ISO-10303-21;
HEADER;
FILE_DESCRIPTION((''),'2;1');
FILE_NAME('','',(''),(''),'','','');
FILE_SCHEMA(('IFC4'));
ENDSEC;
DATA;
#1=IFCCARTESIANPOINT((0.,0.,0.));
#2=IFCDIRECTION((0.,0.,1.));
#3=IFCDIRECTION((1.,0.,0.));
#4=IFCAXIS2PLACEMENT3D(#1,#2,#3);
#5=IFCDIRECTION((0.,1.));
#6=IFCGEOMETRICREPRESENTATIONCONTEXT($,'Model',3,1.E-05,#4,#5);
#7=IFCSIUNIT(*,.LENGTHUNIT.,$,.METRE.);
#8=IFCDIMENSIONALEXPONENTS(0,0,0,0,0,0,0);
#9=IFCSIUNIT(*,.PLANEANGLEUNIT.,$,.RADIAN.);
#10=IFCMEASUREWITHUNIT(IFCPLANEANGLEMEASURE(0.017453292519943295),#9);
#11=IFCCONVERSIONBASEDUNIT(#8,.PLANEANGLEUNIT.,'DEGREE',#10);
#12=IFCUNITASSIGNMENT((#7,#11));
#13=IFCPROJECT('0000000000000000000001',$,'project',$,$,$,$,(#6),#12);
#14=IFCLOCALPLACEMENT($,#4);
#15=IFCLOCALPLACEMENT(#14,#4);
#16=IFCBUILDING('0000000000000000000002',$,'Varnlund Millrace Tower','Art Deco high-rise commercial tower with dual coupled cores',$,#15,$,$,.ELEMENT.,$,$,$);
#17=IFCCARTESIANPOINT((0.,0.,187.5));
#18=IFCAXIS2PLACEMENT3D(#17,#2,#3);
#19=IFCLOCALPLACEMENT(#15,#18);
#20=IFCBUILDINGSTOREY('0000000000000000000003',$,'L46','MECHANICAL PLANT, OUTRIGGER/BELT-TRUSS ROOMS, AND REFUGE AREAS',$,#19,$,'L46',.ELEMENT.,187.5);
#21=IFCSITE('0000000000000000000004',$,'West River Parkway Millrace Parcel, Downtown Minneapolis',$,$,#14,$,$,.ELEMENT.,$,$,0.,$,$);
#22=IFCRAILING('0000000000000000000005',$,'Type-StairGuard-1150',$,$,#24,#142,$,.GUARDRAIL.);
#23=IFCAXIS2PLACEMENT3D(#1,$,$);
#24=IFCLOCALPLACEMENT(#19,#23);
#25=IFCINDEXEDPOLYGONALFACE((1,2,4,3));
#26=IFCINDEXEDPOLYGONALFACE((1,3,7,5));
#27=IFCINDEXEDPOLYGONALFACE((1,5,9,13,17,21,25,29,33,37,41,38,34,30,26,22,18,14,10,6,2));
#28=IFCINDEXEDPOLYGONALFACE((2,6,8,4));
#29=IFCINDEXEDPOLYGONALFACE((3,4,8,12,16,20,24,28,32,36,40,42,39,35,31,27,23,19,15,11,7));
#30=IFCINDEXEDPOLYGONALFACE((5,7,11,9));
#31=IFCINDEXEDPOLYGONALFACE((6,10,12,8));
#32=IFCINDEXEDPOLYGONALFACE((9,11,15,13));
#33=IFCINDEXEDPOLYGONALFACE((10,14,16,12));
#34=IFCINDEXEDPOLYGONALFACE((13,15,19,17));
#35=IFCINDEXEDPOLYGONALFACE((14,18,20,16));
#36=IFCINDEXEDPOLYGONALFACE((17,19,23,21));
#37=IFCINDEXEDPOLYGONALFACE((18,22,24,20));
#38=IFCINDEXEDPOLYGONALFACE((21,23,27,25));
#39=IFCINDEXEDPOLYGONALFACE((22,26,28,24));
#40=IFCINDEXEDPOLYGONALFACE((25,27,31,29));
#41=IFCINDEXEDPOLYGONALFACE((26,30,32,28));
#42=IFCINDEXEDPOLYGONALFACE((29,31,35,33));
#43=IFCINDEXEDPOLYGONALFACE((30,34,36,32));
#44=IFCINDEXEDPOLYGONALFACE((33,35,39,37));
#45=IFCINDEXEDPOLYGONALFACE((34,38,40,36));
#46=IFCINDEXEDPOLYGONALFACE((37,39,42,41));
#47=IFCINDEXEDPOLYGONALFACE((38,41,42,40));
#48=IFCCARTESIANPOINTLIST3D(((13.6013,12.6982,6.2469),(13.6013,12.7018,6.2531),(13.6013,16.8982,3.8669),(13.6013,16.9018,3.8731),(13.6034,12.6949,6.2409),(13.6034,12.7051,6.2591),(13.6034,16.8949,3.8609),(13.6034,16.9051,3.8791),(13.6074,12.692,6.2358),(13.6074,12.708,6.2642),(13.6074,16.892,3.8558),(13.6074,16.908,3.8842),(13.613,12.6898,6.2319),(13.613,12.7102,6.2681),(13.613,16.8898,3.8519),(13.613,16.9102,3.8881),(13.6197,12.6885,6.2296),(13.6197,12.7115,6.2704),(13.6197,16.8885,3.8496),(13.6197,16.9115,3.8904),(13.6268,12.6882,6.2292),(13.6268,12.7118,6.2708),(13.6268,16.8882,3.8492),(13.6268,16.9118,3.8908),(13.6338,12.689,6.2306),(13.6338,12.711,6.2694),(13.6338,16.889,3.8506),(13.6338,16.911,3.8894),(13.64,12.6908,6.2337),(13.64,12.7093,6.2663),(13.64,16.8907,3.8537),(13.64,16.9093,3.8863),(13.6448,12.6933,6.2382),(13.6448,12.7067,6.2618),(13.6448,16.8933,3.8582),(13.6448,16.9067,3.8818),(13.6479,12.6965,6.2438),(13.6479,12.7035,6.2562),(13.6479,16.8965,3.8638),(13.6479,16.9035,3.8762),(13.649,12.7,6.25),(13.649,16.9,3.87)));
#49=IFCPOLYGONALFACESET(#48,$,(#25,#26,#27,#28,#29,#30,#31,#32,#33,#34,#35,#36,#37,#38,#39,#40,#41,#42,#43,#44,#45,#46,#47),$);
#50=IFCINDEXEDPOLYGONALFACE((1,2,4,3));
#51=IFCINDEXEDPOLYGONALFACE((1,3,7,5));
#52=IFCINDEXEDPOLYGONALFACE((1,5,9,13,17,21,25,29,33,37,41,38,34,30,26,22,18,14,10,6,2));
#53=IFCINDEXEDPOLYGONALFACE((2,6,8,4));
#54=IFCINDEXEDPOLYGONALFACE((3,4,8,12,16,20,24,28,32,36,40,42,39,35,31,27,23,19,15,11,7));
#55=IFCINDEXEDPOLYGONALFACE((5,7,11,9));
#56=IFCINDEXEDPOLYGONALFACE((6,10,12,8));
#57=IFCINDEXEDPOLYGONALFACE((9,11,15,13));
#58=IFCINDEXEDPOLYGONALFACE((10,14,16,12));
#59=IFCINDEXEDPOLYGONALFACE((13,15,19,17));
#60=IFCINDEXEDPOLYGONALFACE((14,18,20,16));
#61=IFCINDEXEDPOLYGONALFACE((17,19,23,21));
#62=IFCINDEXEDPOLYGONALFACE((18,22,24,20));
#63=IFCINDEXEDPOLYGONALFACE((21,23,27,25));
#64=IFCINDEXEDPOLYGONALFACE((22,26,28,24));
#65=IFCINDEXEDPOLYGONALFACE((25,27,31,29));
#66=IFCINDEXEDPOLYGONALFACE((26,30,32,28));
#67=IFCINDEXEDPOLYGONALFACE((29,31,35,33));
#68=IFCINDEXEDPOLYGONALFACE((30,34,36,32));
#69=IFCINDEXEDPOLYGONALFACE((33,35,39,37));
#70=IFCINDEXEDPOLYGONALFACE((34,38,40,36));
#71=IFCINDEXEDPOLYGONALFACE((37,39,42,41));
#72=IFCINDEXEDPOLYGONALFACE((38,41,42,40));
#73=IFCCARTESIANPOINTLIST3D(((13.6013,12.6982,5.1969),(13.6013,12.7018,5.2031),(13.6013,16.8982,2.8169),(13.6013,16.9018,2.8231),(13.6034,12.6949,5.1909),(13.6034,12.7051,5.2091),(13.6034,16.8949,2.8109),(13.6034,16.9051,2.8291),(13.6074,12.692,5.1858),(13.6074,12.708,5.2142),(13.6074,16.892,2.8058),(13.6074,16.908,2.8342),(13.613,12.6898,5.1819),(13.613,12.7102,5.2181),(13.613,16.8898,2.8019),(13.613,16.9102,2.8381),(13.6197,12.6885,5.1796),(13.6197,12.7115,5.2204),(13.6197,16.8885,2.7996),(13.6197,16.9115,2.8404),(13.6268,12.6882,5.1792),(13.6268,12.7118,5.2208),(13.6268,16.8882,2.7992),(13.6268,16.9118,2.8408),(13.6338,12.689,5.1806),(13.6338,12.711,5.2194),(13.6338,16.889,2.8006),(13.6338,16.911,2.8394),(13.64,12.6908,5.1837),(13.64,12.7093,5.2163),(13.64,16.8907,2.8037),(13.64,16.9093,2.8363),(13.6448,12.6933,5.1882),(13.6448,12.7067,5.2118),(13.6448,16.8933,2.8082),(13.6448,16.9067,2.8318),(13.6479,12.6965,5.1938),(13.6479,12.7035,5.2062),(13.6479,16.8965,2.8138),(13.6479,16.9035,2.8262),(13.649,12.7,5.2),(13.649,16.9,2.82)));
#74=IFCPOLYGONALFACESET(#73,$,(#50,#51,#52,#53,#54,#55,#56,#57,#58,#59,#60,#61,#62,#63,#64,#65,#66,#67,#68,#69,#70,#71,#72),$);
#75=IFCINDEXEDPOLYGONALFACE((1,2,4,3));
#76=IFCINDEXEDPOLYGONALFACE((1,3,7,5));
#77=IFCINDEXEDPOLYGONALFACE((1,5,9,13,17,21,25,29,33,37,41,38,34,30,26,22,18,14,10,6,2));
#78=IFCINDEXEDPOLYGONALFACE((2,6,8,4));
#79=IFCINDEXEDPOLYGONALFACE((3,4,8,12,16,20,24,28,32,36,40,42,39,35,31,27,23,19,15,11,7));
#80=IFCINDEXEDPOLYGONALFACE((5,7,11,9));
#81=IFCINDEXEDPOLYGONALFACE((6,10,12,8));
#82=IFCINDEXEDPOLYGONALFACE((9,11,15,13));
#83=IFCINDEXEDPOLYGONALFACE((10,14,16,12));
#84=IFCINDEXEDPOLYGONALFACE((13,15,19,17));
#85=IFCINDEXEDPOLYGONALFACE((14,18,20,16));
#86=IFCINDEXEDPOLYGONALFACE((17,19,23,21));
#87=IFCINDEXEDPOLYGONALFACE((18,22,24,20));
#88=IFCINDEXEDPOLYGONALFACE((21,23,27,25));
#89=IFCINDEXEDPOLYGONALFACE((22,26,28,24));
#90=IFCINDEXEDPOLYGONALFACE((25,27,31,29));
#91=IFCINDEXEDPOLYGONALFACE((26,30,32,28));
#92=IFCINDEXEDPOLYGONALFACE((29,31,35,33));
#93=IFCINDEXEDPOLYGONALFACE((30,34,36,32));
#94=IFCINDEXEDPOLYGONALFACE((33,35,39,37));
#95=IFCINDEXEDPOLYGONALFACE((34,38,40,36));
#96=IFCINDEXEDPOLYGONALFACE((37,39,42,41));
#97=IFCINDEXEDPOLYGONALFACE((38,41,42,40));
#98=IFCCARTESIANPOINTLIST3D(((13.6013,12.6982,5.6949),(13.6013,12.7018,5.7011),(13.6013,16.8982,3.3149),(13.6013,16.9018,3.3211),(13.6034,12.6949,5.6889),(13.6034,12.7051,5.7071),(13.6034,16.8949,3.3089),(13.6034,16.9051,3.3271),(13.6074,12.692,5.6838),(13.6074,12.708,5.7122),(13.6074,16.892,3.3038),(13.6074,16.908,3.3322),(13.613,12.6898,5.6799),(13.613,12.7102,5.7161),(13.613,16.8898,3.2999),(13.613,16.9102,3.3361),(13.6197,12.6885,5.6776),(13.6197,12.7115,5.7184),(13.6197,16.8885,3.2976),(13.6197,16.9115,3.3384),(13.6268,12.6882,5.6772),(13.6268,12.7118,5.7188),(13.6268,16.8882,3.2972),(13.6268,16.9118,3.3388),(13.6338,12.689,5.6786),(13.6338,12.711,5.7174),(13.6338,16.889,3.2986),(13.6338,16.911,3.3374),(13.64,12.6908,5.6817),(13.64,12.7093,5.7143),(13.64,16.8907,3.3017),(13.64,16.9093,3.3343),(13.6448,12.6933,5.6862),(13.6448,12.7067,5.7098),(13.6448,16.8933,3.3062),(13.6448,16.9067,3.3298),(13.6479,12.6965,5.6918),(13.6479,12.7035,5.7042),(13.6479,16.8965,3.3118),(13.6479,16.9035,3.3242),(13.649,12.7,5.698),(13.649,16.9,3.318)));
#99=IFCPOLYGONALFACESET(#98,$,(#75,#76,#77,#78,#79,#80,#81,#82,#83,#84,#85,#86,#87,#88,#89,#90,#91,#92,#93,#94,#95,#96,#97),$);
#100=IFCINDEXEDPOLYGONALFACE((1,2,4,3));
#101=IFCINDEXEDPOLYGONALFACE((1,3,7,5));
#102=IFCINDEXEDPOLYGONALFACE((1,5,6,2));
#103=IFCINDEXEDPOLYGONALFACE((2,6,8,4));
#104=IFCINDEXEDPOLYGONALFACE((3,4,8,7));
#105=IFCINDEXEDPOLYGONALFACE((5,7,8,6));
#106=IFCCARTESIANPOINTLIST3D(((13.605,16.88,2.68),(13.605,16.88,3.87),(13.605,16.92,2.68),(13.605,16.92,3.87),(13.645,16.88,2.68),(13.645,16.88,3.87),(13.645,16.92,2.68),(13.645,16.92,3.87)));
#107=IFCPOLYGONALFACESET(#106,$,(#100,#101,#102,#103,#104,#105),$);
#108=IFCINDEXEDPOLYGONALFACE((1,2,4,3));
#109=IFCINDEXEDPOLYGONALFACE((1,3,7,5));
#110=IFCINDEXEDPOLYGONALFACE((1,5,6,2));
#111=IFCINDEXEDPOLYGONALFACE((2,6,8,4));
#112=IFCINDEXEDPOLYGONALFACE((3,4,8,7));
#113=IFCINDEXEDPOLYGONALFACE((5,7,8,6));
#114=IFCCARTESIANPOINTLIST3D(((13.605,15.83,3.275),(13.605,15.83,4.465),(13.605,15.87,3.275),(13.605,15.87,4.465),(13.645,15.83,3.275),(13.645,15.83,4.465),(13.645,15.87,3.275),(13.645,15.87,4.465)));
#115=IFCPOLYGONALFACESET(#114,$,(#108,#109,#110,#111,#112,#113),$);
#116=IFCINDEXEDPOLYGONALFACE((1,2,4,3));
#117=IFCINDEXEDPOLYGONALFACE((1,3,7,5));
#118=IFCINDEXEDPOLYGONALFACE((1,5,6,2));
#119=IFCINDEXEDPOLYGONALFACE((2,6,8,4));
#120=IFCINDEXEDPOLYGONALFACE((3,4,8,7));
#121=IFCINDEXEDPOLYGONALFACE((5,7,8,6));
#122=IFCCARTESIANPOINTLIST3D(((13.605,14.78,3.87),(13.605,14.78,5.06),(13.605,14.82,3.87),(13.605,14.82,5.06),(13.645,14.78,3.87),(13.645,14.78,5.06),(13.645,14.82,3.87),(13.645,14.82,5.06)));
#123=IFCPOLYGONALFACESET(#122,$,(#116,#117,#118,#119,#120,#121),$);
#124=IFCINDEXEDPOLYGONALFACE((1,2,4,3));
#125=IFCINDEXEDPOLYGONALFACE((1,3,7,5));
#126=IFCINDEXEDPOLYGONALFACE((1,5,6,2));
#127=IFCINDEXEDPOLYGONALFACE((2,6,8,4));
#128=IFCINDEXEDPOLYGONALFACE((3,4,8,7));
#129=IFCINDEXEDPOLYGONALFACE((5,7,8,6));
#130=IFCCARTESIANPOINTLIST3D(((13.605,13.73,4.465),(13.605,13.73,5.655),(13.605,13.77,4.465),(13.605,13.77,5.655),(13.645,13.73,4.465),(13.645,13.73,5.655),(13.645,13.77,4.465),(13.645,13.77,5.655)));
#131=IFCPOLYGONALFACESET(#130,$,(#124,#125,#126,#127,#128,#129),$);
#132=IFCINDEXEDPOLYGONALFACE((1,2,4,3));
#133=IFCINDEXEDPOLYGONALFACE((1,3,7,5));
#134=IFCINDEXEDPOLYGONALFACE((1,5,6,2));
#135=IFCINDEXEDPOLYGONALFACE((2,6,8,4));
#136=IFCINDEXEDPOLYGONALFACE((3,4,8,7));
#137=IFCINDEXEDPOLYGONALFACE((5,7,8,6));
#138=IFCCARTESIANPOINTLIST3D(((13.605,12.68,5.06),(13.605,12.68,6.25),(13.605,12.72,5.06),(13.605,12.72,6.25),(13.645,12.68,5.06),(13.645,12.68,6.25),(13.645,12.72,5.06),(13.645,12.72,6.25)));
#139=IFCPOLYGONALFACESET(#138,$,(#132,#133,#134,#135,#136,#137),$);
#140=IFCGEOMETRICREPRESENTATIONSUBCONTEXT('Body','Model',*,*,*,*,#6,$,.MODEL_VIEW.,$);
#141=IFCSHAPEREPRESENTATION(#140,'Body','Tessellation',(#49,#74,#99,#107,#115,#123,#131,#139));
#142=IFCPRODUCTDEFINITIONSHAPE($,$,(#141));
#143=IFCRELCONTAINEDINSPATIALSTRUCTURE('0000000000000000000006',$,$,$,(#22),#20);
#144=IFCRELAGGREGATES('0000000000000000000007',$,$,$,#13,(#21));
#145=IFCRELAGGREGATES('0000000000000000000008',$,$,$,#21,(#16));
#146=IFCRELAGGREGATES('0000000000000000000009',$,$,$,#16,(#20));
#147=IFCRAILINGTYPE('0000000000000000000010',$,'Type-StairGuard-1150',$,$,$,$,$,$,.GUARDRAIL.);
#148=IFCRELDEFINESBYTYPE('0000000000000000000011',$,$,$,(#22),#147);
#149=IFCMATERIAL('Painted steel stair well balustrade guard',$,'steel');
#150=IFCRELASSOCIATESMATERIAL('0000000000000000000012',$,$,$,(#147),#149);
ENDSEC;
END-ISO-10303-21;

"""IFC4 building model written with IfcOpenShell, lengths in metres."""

from ifc_helpers import new_model, entity, si_unit, converted_unit, direction, frame, origin_with_axes, origin_2d_with_axis, place, context, subcontext, project, spatial, rectangle, circle, extrude, material, type_object, element, save


model = new_model("IFC4")

# Units and contexts
model_context = context("Model", 3, precision=1e-05, world=origin_with_axes(), true_north=direction((0.0, 1.0)))
body_context = subcontext(model_context, "Body", "Model", "MODEL_VIEW")
ifc_project = project(units=[si_unit("LENGTHUNIT", "METRE"), converted_unit("PLANEANGLEUNIT", "DEGREE", entity("IfcPlaneAngleMeasure", 0.017453292519943295), si_unit("PLANEANGLEUNIT", "RADIAN"), dimensions=[0, 0, 0, 0, 0, 0, 0])], contexts=[model_context])

# Site, building, storey
site_placement = place(None, origin_with_axes())
site = spatial("IfcSite", under=ifc_project, at=site_placement, Name="West River Parkway Millrace Parcel, Downtown Minneapolis", CompositionType="ELEMENT", RefElevation=0.0)
building_placement = place(site_placement, origin_with_axes())
building = spatial("IfcBuilding", under=site, at=building_placement, Name="Varnlund Millrace Tower", Description="Art Deco high-rise commercial tower with dual coupled cores", CompositionType="ELEMENT")
storey_placement = place(building_placement, frame((0.0, 0.0, 187.5), z_axis=(0.0, 0.0, 1.0), x_axis=(1.0, 0.0, 0.0)))
storey = spatial("IfcBuildingStorey", under=building, at=storey_placement, Name="L46", Description="MECHANICAL PLANT, OUTRIGGER/BELT-TRUSS ROOMS, AND REFUGE AREAS", LongName="L46", CompositionType="ELEMENT", Elevation=187.5)

# Railing
ifc_material_1 = material(Name="Painted steel stair well balustrade guard", Category="steel")
railing_type_1 = type_object("IfcRailingType", Name="Type-StairGuard-1150", PredefinedType="GUARDRAIL", material=ifc_material_1)
railing_1_placement = place(storey_placement, frame((0.0, 0.0, -187.5), z_axis=(0.0, 0.0, 1.0), x_axis=(1.0, 0.0, 0.0)))
element("IfcRailing", 1, at=railing_1_placement, inside=storey, type_object=railing_type_1, Name="Type-StairGuard-1150", PredefinedType="GUARDRAIL", context=body_context, shape_type="SweptSolid", body=[
    extrude(circle(Radius=0.024, at=origin_2d_with_axis()), frame((13.625, 16.9, 191.37), z_axis=(0.0, -0.870022, 0.493013), x_axis=(1.0, 0.0, 0.0)), (0.0, 0.0, 1.0), 4.8275),
    extrude(circle(Radius=0.024, at=origin_2d_with_axis()), frame((13.625, 16.9, 190.32), z_axis=(0.0, -0.870022, 0.493013), x_axis=(1.0, 0.0, 0.0)), (0.0, 0.0, 1.0), 4.8275),
    extrude(circle(Radius=0.024, at=origin_2d_with_axis()), frame((13.625, 16.9, 190.818), z_axis=(0.0, -0.870022, 0.493013), x_axis=(1.0, 0.0, 0.0)), (0.0, 0.0, 1.0), 4.8275),
    extrude(rectangle(XDim=0.04, YDim=0.04, at=origin_2d_with_axis()), frame((13.625, 16.9, 190.18), z_axis=(0.0, 0.0, 1.0), x_axis=(1.0, 0.0, 0.0)), (0.0, 0.0, 1.0), 1.19),
    extrude(rectangle(XDim=0.04, YDim=0.04, at=origin_2d_with_axis()), frame((13.625, 15.85, 190.775), z_axis=(0.0, 0.0, 1.0), x_axis=(1.0, 0.0, 0.0)), (0.0, 0.0, 1.0), 1.19),
    extrude(rectangle(XDim=0.04, YDim=0.04, at=origin_2d_with_axis()), frame((13.625, 14.8, 191.37), z_axis=(0.0, 0.0, 1.0), x_axis=(1.0, 0.0, 0.0)), (0.0, 0.0, 1.0), 1.19),
    extrude(rectangle(XDim=0.04, YDim=0.04, at=origin_2d_with_axis()), frame((13.625, 13.75, 191.965), z_axis=(0.0, 0.0, 1.0), x_axis=(1.0, 0.0, 0.0)), (0.0, 0.0, 1.0), 1.19),
    extrude(rectangle(XDim=0.04, YDim=0.04, at=origin_2d_with_axis()), frame((13.625, 12.7, 192.56), z_axis=(0.0, 0.0, 1.0), x_axis=(1.0, 0.0, 0.0)), (0.0, 0.0, 1.0), 1.19),
])

save(model, "model.ifc")
